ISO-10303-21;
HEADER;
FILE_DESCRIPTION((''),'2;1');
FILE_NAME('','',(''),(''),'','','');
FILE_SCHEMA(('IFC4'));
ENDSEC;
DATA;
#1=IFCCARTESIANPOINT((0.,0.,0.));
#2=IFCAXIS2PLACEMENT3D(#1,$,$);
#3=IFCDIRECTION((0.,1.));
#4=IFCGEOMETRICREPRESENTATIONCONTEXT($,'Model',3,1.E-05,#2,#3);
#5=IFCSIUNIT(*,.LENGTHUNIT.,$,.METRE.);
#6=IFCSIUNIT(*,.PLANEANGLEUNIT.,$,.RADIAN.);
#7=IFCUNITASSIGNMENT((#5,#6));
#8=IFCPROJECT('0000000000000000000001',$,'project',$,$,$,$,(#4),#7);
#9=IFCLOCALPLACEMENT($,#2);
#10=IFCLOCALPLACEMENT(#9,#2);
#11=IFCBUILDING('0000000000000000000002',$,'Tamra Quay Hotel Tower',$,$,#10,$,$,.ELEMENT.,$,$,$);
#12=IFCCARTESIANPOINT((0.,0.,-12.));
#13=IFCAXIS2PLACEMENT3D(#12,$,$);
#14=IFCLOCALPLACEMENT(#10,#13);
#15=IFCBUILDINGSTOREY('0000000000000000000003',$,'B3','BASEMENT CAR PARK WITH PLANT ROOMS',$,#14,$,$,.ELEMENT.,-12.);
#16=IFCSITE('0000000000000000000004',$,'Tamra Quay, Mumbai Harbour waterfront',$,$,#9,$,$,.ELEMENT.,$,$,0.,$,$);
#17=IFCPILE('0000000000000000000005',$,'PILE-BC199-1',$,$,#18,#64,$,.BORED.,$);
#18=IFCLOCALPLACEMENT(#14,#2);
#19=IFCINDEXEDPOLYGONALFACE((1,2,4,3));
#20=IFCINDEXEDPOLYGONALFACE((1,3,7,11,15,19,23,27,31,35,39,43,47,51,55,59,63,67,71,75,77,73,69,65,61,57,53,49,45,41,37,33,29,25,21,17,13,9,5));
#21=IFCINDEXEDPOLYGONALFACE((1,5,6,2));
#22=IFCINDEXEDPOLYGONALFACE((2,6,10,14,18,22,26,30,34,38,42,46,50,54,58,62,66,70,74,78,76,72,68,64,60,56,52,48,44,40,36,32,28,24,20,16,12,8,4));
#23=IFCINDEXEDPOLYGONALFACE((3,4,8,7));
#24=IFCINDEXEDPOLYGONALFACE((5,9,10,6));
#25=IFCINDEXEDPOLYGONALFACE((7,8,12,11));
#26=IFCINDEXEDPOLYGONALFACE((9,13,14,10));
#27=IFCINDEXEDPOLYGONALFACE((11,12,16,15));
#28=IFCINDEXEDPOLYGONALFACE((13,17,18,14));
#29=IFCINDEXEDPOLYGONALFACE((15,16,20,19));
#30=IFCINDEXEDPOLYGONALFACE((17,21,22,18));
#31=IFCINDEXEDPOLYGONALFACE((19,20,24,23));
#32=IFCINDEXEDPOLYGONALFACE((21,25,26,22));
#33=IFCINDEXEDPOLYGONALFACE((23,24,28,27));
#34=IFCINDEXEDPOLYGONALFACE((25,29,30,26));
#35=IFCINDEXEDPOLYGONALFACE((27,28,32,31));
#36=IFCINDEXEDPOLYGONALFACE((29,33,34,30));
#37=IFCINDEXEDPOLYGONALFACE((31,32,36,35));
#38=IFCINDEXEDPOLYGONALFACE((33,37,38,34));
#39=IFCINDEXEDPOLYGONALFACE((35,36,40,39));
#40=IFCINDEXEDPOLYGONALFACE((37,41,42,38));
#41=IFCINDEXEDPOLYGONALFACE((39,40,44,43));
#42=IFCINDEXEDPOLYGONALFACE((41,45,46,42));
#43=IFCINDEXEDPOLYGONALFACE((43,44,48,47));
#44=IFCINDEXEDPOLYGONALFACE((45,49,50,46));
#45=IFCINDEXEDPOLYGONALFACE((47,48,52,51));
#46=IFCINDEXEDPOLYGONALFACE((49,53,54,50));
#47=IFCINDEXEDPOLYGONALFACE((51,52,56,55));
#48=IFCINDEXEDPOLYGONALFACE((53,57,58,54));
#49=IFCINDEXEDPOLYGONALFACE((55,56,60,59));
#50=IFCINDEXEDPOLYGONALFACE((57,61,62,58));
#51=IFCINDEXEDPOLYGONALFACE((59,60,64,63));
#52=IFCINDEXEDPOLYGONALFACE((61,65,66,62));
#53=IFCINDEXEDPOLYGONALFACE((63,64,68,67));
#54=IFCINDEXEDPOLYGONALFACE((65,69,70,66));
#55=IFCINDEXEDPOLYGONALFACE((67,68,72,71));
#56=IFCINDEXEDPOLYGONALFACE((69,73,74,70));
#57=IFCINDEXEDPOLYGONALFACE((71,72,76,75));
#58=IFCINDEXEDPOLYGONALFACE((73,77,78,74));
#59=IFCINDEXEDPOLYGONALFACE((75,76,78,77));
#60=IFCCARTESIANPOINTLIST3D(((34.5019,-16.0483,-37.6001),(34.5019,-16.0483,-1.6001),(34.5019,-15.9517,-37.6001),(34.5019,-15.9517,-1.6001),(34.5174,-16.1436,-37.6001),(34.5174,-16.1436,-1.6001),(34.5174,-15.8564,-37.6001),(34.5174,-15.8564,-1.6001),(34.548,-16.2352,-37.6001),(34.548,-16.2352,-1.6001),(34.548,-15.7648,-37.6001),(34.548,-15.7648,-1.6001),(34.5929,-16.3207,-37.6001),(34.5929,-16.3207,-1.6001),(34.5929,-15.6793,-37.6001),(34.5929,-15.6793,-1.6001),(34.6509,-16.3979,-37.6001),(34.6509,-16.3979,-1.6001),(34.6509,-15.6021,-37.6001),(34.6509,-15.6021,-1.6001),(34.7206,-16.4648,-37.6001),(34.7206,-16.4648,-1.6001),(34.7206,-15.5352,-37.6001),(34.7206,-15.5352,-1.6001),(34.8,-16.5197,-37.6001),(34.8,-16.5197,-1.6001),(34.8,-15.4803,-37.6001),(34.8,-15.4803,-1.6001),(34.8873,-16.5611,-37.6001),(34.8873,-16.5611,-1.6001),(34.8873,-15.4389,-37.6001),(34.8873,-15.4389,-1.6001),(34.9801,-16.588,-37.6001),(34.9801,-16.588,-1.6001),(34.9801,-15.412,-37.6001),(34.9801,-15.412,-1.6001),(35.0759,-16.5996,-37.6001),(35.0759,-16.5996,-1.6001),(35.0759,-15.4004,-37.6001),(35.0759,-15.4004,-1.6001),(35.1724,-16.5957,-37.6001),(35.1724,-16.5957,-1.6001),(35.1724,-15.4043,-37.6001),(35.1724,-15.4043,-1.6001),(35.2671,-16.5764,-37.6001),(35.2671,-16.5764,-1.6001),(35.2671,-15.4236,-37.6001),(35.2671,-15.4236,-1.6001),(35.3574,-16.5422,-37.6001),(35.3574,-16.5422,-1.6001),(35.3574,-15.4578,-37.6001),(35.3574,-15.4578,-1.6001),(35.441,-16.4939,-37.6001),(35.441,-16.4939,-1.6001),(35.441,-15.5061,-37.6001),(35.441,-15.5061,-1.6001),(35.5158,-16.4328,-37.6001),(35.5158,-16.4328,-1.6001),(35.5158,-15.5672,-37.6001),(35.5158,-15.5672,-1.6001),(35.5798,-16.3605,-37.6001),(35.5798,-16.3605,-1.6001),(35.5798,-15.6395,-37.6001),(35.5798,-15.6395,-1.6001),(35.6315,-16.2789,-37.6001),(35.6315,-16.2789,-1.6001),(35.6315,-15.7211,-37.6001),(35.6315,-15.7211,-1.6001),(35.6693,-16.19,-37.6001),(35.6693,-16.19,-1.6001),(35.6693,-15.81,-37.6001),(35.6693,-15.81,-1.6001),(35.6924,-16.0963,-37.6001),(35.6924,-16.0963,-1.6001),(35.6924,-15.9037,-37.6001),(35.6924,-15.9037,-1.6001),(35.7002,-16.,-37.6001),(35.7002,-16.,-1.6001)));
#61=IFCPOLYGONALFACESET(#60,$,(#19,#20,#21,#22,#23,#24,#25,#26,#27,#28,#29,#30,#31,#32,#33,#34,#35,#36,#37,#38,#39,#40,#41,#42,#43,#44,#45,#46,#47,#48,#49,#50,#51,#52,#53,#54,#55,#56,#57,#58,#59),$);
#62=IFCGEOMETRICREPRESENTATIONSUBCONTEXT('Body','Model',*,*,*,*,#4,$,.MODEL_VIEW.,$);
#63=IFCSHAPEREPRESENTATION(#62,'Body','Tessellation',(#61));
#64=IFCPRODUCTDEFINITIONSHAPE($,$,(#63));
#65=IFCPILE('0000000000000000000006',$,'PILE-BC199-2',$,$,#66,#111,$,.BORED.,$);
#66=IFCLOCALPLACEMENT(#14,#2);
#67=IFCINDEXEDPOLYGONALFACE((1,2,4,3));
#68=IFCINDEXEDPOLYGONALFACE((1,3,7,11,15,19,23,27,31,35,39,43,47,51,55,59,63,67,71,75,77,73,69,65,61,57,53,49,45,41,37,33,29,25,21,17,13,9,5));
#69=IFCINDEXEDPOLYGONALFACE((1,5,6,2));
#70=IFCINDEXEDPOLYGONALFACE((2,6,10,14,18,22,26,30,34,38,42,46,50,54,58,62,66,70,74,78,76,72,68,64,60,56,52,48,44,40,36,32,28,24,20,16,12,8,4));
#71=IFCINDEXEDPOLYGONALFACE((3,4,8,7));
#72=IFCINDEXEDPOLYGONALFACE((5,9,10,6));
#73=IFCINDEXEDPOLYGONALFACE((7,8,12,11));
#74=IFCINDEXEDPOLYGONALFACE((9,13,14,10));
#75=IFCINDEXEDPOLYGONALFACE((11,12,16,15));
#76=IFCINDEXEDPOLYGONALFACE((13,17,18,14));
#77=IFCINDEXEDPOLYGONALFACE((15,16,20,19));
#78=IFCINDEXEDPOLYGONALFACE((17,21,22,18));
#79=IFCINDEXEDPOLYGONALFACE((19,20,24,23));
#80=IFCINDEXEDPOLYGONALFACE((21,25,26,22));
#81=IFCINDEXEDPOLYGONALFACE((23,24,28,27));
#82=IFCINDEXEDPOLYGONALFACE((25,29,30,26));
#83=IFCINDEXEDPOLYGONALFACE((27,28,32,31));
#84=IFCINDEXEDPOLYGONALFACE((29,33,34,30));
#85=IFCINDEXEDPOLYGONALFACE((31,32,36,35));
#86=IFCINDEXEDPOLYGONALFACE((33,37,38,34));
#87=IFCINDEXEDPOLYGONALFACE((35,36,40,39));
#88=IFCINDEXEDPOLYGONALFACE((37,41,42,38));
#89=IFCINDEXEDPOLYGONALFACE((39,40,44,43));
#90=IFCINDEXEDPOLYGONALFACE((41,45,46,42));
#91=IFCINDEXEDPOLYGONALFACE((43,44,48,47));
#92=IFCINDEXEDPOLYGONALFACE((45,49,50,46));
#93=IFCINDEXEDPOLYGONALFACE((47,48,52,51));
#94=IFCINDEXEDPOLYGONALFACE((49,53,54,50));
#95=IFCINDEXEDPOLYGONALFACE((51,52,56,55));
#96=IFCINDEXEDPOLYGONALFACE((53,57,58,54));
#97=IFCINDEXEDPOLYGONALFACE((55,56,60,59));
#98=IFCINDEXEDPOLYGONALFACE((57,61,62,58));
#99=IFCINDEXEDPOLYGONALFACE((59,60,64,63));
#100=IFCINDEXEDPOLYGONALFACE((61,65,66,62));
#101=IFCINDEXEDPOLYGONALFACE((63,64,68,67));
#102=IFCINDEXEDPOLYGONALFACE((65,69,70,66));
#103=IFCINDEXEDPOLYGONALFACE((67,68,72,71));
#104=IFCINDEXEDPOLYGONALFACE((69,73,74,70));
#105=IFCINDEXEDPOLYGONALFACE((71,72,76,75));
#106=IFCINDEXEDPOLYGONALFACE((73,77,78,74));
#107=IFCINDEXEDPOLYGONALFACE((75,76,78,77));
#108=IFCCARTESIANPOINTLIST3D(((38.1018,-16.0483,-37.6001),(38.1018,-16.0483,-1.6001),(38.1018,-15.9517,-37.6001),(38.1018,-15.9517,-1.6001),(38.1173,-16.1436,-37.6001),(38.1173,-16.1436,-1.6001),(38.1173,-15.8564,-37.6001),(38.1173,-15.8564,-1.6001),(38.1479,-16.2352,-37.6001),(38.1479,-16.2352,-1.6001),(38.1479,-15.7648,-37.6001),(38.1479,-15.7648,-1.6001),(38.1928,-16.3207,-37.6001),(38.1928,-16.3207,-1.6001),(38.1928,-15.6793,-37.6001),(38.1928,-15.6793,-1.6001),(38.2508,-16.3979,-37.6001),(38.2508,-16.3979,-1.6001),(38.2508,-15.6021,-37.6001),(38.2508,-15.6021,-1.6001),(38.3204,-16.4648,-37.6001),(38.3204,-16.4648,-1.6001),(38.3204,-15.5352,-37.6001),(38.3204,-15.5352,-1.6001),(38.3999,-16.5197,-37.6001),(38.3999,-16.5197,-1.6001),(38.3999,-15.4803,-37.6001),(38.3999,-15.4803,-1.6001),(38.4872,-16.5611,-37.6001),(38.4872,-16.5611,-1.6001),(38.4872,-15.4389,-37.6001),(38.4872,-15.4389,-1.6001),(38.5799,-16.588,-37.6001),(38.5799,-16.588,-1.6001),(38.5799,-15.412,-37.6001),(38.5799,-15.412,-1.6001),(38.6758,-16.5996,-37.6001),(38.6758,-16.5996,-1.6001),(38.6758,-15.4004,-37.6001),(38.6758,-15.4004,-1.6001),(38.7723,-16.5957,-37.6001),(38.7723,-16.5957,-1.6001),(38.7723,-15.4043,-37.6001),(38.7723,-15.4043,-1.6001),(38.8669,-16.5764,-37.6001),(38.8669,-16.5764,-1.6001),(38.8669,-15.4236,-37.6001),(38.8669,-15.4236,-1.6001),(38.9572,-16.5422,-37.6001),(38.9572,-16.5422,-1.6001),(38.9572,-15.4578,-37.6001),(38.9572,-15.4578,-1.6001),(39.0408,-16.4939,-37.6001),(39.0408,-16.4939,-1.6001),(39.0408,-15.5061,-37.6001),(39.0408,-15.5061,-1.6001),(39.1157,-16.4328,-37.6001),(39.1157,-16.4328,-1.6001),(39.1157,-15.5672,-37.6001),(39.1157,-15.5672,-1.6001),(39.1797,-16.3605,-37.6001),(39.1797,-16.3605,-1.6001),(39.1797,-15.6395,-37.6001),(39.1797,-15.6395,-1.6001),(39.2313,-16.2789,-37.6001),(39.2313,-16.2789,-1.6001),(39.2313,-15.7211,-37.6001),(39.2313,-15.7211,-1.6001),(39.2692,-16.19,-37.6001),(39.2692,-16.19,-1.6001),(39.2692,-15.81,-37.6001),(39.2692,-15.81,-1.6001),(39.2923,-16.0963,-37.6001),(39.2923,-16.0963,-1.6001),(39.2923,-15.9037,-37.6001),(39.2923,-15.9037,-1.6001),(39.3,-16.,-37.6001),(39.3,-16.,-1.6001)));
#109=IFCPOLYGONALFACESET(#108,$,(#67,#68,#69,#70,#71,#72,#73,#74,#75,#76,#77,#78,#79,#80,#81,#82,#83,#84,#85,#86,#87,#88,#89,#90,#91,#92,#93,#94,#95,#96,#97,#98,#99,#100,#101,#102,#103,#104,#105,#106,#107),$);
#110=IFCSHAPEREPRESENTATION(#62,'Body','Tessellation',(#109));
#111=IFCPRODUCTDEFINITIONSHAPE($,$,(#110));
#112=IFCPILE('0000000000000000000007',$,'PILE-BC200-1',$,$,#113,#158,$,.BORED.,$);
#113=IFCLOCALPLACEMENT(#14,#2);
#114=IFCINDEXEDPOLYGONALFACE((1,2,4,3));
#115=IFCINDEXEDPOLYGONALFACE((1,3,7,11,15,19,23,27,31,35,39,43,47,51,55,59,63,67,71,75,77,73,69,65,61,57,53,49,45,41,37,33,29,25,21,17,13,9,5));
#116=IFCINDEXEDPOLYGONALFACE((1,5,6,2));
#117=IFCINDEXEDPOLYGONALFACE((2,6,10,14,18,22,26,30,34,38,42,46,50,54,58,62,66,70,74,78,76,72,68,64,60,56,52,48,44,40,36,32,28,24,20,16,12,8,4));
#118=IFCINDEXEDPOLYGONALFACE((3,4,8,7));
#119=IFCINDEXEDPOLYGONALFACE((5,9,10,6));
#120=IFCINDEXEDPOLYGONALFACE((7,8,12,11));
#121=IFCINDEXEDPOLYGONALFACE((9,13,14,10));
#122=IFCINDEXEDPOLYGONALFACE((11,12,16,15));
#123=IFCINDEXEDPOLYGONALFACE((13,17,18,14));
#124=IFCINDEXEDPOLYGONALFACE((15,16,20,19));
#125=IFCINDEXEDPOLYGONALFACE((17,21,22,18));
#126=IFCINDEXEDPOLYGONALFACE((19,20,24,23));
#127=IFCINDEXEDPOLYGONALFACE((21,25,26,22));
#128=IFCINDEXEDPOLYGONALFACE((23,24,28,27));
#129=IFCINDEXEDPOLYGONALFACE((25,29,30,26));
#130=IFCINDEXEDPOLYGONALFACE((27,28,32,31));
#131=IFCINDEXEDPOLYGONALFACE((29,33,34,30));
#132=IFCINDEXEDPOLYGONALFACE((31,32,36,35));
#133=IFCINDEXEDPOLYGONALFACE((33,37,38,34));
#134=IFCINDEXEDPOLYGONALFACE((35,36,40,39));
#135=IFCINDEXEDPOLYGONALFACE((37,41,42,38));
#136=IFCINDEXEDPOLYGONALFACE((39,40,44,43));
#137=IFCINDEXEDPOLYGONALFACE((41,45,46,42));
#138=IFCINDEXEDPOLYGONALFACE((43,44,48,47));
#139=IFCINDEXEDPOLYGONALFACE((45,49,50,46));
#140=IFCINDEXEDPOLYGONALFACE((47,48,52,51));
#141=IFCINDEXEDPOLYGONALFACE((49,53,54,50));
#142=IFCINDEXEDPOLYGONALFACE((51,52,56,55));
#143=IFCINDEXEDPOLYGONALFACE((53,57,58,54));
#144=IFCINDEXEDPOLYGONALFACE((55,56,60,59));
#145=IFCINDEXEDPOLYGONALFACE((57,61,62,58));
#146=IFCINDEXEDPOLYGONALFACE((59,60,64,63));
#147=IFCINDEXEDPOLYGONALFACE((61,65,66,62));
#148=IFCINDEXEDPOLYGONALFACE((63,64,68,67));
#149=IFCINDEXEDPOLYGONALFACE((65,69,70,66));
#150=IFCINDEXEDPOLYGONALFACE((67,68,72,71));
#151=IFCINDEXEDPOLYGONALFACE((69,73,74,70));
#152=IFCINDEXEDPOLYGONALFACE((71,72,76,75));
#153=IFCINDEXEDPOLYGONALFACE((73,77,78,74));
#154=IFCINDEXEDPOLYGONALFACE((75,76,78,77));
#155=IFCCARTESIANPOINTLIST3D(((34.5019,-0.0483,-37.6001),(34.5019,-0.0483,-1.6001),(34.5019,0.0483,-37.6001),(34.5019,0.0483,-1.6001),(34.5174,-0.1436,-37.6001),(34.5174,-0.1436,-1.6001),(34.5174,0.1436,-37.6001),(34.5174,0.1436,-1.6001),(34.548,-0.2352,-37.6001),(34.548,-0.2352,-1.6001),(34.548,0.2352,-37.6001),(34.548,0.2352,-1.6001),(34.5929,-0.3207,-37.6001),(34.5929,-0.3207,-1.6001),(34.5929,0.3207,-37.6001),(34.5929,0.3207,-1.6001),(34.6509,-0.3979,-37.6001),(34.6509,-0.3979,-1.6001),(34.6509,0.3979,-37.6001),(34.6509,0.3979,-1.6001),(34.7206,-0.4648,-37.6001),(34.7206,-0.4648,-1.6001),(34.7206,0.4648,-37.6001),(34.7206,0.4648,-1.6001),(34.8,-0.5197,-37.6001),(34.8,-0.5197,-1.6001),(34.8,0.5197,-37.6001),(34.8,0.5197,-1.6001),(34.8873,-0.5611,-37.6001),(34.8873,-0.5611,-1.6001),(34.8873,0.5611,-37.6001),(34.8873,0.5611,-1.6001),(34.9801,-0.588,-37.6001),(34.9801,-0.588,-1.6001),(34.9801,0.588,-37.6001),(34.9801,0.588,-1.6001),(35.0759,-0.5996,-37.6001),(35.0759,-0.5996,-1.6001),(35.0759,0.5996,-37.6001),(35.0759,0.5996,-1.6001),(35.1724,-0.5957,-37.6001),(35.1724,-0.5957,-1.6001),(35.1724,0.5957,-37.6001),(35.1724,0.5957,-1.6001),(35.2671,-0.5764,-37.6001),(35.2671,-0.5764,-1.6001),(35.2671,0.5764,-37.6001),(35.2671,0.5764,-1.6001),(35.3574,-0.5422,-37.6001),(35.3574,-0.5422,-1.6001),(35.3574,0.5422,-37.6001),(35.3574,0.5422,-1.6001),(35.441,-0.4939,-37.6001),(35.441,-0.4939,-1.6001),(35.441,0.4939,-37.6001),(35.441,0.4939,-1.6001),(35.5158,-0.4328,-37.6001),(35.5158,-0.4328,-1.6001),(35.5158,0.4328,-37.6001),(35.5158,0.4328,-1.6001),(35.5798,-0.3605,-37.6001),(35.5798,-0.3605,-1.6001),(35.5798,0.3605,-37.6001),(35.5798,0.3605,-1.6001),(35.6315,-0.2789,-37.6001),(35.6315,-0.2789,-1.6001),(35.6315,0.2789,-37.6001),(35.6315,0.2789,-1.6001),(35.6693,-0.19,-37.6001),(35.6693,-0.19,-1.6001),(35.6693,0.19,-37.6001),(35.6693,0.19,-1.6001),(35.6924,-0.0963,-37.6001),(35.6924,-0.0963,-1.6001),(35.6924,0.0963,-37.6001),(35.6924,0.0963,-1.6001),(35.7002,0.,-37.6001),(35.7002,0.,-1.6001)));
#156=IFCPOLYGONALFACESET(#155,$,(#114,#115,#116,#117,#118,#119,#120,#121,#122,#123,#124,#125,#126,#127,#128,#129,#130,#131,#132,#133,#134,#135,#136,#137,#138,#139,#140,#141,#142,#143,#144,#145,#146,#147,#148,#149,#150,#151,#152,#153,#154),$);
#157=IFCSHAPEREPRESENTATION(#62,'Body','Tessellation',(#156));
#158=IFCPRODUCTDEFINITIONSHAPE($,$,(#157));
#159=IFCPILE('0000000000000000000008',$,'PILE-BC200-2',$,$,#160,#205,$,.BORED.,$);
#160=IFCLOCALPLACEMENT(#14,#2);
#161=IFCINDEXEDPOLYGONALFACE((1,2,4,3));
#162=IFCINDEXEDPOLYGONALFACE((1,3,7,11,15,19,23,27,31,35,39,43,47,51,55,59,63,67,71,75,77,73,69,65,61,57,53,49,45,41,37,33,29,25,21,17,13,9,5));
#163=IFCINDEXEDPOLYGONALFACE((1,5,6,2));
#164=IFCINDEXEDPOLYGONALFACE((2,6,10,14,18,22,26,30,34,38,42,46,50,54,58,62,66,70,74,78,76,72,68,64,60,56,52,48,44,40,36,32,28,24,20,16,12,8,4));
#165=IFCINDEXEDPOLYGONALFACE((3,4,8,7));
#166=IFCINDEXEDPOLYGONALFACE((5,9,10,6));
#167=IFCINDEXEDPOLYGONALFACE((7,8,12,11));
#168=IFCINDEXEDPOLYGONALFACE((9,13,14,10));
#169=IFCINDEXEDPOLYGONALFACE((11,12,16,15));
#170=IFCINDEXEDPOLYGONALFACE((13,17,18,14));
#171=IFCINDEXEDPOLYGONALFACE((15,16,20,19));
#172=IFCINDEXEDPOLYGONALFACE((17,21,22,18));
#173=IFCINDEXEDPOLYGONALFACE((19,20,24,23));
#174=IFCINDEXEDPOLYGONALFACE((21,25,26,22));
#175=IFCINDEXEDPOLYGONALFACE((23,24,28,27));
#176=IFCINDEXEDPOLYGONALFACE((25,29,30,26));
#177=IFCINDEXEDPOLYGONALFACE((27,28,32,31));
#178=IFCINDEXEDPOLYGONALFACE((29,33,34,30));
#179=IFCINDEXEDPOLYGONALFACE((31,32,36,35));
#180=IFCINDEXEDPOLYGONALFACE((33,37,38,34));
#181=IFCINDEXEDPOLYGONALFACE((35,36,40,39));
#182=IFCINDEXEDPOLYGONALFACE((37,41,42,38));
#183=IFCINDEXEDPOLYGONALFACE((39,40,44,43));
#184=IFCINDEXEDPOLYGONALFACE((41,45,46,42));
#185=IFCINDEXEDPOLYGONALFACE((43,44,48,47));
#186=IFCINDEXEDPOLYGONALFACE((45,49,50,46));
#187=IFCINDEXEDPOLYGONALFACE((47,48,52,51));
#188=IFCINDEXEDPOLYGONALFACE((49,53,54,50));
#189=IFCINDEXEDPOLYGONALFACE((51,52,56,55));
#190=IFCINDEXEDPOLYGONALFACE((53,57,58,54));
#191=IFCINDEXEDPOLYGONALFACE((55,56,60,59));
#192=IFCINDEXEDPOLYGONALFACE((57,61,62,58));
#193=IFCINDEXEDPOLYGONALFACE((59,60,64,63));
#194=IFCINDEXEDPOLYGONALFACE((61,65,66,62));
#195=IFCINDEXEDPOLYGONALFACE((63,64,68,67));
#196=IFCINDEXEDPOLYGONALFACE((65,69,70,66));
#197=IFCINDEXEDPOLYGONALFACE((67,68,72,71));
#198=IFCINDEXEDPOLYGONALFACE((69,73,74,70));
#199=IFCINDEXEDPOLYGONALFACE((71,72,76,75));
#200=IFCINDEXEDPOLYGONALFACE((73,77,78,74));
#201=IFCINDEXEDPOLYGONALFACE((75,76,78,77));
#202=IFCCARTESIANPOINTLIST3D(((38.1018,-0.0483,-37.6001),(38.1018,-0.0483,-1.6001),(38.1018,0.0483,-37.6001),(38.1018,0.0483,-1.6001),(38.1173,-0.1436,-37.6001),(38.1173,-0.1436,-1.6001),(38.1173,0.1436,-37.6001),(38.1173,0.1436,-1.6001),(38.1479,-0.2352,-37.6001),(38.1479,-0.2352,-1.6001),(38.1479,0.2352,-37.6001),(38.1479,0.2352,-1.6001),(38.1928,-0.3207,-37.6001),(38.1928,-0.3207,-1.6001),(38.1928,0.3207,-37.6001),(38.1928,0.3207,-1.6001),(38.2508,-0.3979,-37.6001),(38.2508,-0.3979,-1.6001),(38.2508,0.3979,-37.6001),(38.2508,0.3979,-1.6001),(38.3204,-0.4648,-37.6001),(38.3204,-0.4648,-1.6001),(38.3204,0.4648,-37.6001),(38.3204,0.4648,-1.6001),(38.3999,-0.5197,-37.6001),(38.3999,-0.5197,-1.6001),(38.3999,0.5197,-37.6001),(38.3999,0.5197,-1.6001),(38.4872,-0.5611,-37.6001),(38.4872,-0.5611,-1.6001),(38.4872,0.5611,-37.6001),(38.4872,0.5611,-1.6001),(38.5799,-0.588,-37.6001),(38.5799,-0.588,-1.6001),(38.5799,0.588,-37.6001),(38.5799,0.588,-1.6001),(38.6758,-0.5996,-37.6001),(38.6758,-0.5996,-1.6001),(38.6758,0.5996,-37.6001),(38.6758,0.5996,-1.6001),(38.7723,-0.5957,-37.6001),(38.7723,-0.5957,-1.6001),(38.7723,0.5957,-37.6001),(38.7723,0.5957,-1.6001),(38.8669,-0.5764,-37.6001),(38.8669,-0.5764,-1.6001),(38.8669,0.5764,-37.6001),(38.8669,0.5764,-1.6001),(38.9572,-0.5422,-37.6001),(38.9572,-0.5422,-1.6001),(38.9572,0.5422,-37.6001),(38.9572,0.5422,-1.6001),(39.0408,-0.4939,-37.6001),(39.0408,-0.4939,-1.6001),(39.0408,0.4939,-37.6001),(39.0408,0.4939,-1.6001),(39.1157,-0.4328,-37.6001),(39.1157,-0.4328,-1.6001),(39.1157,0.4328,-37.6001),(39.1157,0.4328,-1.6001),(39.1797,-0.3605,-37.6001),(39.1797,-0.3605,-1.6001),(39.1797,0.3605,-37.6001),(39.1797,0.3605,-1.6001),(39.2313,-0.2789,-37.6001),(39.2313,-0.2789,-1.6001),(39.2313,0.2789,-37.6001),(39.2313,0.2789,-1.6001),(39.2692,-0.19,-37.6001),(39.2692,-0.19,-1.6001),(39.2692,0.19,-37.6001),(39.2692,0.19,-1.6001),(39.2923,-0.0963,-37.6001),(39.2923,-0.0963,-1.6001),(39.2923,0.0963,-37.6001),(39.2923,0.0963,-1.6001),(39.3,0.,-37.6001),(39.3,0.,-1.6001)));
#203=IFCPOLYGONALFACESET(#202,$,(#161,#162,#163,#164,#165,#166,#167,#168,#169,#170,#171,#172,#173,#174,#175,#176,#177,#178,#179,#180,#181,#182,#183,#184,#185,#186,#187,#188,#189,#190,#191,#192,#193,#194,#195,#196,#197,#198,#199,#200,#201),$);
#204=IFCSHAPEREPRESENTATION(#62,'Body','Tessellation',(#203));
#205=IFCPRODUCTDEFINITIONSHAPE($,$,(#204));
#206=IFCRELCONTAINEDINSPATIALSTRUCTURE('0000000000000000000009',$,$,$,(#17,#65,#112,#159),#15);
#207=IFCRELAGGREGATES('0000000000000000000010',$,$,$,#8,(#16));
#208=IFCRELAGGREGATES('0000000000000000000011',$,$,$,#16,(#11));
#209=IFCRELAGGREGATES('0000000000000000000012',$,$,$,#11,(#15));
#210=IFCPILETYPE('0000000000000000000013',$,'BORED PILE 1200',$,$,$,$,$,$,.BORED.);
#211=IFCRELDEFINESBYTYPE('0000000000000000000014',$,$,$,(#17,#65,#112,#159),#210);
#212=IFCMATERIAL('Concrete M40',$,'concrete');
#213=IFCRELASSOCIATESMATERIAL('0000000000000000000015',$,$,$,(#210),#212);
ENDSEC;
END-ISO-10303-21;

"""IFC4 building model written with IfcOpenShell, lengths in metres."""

from ifc_helpers import new_model, si_unit, direction, frame, origin, origin_2d, place, context, subcontext, project, spatial, circle, extrude, material, material_profile, profile_set, type_object, element, save


model = new_model("IFC4")

# Units and contexts
model_context = context("Model", 3, precision=1e-05, world=origin(), true_north=direction((0.0, 1.0)))
body_context = subcontext(model_context, "Body", "Model", "MODEL_VIEW")
ifc_project = project(units=[si_unit("LENGTHUNIT", "METRE"), si_unit("PLANEANGLEUNIT", "RADIAN")], contexts=[model_context])

# Site, building, storey
site_placement = place(None, origin())
site = spatial("IfcSite", under=ifc_project, at=site_placement, Name="Tamra Quay, Mumbai Harbour waterfront", CompositionType="ELEMENT", RefElevation=0.0)
building_placement = place(site_placement, origin())
building = spatial("IfcBuilding", under=site, at=building_placement, Name="Tamra Quay Hotel Tower", CompositionType="ELEMENT")
storey_placement = place(building_placement, frame((0.0, 0.0, -12.0)))
storey = spatial("IfcBuildingStorey", under=building, at=storey_placement, Name="B3", Description="BASEMENT CAR PARK WITH PLANT ROOMS", CompositionType="ELEMENT", Elevation=-12.0)

# Piles
ifc_material_1 = material(Name="Concrete M40", Category="concrete")
ifc_material_profile_1 = material_profile(ifc_material_1, circle(Radius=0.6001, at=origin_2d()), Name="BORED PILE 1200")
ifc_profile_set_1 = profile_set([ifc_material_profile_1], Name="Concrete M40")
pile_type = type_object("IfcPileType", Name="BORED PILE 1200", PredefinedType="BORED", material=ifc_profile_set_1)
for number, where, z_axis, x_axis, name in (
    (1, (35.1001, -16.0, -1.6001), (0.0, 0.0, -1.0), (1.0, 0.0, 0.0), "PILE-BC199-1"),
    (2, (38.7, -16.0, -1.6001), (0.0, 0.0, -1.0), (1.0, 0.0, 0.0), "PILE-BC199-2"),
    (3, (35.1001, 0.0, -1.6001), (0.0, 0.0, -1.0), (1.0, 0.0, 0.0), "PILE-BC200-1"),
    (4, (38.7, 0.0, -1.6001), (0.0, 0.0, -1.0), (1.0, 0.0, 0.0), "PILE-BC200-2"),
):
    element("IfcPile", number, at=place(storey_placement, frame(where, z_axis=z_axis, x_axis=x_axis)), inside=storey, type_object=pile_type, Name=name, PredefinedType="BORED", context=body_context, shape_type="SweptSolid", body=[
        extrude(circle(Radius=0.6001, at=origin_2d()), origin(), (0.0, 0.0, 1.0), 36.0),
    ])

save(model, "model.ifc")
